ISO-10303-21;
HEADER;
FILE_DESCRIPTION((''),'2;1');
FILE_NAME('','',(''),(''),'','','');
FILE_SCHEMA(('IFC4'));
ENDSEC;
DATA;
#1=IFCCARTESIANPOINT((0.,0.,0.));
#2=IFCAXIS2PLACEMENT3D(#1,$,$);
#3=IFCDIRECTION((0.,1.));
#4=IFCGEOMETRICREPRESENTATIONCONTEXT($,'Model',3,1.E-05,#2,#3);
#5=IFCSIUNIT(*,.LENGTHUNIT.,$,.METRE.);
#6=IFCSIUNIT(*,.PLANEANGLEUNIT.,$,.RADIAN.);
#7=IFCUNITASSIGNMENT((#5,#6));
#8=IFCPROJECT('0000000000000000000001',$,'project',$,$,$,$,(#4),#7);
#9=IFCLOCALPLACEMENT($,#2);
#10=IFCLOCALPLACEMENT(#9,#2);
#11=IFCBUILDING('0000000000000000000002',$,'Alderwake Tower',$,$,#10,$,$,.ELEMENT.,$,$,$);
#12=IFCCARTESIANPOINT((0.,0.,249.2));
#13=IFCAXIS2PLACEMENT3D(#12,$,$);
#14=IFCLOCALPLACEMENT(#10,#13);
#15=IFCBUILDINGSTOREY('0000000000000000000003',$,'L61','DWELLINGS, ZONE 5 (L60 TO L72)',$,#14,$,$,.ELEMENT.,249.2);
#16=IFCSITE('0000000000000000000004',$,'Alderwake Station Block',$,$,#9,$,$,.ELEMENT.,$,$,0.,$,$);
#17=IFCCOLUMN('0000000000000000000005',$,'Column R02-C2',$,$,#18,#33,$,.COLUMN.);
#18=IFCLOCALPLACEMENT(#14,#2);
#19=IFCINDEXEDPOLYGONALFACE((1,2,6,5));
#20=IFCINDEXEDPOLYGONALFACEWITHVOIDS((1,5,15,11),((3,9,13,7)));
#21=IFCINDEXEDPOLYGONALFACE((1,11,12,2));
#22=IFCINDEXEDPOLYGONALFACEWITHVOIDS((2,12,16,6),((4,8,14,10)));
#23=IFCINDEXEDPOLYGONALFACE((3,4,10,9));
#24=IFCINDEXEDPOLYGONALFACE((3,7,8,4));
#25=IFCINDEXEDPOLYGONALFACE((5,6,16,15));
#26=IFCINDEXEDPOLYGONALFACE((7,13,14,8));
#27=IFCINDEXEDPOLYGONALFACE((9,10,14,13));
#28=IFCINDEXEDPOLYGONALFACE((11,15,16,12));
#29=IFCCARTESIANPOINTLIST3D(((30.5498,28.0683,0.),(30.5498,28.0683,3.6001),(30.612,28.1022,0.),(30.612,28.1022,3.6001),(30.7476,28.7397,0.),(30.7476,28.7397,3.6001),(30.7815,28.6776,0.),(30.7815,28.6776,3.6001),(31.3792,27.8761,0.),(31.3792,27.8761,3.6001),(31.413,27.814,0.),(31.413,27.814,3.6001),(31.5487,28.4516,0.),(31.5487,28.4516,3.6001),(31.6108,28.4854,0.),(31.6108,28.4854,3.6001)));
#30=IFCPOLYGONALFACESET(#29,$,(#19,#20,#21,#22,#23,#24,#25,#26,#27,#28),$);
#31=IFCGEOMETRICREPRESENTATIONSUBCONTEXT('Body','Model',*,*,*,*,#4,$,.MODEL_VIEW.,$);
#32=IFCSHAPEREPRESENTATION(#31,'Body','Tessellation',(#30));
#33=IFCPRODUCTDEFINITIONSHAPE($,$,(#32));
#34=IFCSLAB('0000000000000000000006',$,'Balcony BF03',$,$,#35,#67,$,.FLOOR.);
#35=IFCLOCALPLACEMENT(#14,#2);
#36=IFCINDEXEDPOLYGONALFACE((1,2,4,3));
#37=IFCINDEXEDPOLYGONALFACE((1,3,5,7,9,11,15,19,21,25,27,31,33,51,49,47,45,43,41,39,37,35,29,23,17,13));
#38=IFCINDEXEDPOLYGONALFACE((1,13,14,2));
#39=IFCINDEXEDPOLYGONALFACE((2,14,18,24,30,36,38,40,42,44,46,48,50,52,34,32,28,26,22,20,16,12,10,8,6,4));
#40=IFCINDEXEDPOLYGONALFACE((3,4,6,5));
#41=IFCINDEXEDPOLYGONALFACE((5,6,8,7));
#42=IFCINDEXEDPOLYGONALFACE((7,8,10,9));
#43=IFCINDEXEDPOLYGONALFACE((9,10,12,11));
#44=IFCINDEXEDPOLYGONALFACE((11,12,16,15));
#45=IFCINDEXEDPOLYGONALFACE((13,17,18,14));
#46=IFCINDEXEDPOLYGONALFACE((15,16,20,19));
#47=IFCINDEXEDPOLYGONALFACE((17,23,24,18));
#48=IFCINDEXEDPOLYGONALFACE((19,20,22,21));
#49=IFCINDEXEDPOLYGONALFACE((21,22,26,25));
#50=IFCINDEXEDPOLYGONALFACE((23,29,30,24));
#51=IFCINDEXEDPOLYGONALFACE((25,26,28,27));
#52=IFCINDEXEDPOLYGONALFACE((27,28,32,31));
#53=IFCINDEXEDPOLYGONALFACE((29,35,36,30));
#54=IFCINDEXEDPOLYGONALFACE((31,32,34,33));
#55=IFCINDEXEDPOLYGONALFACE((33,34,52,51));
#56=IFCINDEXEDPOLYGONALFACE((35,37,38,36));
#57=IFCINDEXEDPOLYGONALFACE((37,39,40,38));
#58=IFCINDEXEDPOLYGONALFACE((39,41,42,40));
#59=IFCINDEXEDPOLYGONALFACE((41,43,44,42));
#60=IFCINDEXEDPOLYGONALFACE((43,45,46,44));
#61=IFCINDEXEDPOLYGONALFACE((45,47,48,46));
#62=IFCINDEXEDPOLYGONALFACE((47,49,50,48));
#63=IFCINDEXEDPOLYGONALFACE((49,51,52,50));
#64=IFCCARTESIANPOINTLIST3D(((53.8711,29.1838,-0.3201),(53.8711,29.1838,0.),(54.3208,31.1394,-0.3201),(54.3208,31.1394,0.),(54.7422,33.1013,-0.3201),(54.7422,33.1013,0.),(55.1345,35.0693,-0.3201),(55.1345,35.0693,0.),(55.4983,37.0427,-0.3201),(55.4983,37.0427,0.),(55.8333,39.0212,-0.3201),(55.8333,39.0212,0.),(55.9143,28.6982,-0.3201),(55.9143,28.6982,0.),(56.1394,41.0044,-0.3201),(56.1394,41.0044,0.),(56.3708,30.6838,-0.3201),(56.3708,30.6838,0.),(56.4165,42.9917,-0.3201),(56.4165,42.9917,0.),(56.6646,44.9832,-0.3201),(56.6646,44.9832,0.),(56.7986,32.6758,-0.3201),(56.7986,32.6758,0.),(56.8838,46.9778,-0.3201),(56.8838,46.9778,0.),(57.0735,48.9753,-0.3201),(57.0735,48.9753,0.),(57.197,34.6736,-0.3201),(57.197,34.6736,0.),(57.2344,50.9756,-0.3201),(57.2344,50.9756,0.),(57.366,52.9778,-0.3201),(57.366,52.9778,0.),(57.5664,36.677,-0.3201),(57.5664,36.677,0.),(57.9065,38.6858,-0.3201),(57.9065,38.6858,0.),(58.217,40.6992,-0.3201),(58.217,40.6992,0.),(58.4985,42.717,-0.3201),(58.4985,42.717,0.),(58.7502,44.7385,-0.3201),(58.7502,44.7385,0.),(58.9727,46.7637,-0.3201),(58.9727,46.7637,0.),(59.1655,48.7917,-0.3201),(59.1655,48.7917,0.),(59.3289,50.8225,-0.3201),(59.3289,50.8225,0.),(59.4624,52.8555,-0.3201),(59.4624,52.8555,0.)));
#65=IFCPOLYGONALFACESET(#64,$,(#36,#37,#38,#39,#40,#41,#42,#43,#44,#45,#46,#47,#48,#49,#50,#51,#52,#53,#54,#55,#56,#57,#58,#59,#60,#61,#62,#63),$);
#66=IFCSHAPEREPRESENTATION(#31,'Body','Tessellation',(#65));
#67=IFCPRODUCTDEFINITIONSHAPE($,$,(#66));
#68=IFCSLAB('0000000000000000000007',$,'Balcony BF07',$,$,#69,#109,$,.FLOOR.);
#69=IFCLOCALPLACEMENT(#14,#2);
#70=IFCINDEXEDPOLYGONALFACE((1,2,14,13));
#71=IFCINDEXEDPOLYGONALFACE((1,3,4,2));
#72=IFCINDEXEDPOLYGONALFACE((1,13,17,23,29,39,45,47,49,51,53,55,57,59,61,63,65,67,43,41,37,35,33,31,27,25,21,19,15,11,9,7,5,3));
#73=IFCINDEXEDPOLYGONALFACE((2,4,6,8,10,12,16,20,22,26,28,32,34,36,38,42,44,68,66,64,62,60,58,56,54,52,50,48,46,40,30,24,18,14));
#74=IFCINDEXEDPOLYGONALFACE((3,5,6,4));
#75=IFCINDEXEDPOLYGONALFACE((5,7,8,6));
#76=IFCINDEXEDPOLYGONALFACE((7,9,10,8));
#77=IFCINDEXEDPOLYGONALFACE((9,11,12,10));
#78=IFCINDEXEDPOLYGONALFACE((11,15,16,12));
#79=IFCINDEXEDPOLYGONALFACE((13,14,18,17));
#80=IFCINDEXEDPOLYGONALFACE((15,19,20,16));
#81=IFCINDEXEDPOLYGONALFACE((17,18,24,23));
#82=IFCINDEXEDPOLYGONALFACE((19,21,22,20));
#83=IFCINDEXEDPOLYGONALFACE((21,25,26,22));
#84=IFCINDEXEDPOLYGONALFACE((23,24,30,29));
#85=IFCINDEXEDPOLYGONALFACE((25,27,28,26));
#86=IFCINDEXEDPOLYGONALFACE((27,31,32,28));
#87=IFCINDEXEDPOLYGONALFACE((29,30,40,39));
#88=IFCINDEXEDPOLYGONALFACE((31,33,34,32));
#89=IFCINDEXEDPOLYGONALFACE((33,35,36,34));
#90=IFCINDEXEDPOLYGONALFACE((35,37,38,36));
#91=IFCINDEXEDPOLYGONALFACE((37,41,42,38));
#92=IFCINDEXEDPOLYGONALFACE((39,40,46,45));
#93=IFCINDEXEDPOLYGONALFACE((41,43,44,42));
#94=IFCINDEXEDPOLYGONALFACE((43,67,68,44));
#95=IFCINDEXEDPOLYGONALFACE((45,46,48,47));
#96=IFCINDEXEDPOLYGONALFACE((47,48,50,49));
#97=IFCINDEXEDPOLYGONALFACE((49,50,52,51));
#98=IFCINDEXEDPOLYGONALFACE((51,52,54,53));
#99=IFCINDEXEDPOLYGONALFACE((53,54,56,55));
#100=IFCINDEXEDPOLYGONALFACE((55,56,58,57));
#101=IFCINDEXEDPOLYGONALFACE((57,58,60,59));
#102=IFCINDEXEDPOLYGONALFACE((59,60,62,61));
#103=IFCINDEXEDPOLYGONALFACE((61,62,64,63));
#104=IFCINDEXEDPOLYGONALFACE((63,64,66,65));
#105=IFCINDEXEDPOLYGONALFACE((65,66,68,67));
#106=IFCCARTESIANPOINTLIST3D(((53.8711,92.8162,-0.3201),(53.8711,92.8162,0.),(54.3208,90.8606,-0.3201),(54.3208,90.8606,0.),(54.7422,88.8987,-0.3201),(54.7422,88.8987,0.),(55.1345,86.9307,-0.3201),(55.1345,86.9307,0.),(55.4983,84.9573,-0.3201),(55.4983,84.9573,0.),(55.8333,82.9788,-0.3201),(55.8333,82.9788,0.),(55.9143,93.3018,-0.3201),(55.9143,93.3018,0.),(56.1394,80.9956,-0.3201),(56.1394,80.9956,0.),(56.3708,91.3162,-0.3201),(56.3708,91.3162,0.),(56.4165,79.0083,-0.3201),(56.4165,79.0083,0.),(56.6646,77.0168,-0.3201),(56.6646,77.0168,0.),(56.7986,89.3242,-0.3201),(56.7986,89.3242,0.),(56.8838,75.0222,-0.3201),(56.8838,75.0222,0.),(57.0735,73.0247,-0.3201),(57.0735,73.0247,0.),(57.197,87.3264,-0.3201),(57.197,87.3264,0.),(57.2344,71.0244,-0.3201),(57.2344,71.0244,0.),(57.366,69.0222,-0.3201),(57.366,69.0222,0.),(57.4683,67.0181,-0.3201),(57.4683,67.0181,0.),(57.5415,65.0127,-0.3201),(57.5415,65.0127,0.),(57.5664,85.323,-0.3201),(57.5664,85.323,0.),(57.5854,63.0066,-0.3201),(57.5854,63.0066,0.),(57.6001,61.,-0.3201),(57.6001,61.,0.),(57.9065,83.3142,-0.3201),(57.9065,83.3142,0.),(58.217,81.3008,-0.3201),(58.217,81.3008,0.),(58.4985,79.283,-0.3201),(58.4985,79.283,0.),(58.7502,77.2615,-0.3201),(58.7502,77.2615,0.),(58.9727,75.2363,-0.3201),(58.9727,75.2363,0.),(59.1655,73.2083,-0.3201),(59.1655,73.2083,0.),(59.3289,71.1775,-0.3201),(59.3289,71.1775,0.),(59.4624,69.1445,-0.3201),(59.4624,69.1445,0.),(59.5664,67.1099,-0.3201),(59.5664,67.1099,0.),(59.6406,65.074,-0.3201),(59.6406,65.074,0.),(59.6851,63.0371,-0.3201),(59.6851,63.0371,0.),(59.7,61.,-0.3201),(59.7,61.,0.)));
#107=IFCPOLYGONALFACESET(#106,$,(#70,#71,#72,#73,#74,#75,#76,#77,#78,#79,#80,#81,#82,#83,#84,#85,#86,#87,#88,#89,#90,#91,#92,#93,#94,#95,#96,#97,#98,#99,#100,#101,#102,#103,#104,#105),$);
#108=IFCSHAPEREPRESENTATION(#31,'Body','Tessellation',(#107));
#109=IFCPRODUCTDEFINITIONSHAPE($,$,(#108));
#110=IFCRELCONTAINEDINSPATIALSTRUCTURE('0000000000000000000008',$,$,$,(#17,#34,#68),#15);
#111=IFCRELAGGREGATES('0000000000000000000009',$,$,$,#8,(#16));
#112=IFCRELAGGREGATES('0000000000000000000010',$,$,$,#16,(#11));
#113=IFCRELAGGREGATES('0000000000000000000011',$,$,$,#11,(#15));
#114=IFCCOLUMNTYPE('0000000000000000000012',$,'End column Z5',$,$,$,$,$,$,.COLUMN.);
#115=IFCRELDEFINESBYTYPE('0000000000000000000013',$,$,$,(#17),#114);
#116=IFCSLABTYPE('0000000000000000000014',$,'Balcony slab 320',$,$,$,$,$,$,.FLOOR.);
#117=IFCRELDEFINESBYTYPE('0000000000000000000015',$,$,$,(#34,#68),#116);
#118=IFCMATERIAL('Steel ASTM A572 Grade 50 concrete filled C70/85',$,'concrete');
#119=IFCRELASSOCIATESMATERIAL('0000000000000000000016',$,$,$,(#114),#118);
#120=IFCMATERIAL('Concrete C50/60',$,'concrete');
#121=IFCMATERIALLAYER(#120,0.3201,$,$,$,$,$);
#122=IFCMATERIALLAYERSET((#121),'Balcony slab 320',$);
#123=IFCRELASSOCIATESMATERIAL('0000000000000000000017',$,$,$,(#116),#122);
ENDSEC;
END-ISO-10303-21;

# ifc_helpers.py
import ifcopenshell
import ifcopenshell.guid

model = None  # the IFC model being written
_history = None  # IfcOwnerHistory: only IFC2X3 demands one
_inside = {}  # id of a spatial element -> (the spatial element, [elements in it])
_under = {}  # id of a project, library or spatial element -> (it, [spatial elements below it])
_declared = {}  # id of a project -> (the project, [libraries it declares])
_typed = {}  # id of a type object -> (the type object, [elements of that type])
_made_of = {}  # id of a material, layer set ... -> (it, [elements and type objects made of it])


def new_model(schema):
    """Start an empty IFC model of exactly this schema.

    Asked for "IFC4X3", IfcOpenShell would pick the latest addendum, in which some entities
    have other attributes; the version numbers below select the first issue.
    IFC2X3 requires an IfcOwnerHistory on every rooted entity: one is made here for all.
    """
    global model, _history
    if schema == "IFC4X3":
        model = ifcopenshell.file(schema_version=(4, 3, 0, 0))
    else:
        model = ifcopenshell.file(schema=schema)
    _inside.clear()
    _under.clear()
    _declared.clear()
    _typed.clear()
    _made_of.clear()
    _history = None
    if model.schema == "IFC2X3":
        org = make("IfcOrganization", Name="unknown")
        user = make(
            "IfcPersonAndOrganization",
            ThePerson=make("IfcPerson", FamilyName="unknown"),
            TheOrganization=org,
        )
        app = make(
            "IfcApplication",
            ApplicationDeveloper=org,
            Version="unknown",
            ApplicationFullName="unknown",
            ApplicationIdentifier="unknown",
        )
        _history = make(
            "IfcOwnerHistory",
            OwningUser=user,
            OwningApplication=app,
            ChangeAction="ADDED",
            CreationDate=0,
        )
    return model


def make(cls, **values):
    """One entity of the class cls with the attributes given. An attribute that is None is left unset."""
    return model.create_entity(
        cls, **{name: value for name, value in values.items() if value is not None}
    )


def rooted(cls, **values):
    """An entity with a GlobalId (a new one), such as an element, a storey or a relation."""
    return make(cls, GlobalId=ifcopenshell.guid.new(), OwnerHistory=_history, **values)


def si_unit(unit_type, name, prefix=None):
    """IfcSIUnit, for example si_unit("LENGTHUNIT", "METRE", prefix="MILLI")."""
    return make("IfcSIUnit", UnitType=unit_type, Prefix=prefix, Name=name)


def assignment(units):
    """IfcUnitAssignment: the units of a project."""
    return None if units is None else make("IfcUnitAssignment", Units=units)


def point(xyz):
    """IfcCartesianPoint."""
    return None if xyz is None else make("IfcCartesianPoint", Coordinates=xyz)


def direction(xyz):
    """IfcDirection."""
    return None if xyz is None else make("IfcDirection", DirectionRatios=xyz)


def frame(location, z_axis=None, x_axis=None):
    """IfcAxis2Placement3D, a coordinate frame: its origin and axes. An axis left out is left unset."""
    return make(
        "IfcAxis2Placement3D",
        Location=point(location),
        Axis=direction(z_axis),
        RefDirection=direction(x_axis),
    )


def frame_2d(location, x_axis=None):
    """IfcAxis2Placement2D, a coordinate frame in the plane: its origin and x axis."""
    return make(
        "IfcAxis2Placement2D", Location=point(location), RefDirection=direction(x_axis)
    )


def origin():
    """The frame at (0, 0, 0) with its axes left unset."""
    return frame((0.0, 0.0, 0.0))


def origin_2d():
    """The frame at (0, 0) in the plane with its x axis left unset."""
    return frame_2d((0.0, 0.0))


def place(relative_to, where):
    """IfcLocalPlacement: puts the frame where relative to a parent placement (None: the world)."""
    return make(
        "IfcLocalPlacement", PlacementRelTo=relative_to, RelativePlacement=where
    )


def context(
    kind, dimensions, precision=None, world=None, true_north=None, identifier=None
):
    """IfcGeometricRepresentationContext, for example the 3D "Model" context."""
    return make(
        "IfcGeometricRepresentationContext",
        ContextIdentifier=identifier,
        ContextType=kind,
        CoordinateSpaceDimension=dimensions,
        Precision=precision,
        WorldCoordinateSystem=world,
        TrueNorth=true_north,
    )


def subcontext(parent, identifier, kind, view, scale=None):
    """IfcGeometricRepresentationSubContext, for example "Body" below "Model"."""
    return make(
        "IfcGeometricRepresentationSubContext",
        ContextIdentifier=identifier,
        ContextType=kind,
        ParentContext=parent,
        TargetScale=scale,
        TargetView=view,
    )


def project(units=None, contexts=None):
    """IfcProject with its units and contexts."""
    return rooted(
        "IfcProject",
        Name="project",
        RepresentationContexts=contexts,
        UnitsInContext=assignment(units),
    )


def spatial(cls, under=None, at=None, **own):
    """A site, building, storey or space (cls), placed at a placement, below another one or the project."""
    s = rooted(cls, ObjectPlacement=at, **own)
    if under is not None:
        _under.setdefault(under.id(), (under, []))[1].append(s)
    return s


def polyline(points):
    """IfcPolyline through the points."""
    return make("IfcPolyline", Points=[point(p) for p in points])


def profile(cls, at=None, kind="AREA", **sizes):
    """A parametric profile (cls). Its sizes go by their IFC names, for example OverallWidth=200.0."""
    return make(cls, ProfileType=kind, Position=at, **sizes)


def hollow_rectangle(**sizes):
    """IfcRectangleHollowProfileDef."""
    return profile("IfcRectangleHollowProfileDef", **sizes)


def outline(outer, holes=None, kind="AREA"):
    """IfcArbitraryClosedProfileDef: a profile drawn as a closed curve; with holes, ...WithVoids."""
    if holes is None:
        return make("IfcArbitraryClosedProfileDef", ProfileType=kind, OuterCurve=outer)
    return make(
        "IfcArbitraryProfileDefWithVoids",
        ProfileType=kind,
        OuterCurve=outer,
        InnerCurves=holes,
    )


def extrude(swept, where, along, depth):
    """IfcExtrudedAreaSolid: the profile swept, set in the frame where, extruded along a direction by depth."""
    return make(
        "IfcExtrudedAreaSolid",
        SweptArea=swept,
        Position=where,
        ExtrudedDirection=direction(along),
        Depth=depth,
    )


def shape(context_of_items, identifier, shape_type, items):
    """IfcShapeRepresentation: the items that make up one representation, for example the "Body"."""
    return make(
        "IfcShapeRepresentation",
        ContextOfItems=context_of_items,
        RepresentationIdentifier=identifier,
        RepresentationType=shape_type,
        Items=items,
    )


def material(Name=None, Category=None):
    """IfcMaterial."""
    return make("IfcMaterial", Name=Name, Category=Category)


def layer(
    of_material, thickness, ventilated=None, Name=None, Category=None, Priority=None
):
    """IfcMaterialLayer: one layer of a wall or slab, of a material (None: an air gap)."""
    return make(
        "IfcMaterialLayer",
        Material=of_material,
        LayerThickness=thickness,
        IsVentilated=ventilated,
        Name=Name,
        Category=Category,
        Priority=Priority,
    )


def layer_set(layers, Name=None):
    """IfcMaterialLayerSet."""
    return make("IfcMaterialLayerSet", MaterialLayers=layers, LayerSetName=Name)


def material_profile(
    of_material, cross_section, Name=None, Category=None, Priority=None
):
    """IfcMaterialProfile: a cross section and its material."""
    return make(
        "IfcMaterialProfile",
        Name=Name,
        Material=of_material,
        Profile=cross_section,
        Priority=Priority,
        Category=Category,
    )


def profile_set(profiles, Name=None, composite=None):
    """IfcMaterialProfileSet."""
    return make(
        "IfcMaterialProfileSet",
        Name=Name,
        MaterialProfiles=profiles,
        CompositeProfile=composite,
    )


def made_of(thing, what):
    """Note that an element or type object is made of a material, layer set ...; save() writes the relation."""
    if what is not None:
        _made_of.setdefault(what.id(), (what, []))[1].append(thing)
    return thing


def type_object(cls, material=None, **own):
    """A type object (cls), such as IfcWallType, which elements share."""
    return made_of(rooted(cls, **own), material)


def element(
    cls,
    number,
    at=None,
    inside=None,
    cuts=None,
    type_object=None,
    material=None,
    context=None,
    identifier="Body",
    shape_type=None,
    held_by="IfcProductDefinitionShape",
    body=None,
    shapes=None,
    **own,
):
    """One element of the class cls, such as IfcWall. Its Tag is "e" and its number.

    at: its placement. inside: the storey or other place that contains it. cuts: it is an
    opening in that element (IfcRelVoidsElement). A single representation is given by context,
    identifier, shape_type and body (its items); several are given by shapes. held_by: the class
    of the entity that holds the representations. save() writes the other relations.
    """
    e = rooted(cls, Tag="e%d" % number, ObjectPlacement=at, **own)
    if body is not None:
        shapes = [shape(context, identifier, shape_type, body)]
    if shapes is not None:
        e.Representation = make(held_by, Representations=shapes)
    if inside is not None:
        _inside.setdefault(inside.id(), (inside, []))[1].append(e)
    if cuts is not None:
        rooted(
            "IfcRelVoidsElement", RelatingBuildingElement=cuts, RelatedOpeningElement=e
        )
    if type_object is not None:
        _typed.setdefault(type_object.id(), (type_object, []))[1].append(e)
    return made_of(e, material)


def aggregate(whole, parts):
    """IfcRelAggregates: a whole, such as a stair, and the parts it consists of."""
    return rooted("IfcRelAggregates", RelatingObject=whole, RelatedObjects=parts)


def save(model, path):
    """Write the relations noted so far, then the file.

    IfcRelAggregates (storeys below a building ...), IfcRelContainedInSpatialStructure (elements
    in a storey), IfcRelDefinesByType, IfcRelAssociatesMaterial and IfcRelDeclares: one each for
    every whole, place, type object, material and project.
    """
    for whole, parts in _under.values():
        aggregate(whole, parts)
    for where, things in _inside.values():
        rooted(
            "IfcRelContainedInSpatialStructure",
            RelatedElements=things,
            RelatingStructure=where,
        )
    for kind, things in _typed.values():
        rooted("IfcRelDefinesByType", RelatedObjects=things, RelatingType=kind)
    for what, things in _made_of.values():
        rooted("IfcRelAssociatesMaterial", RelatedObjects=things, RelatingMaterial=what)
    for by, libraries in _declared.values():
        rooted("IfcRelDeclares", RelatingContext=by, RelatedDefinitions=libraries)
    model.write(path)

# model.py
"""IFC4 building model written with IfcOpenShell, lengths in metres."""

from ifc_helpers import new_model, si_unit, direction, frame, origin, origin_2d, place, context, subcontext, project, spatial, polyline, hollow_rectangle, outline, extrude, material, layer, layer_set, material_profile, profile_set, type_object, element, save


model = new_model("IFC4")

# Units and contexts
model_context = context("Model", 3, precision=1e-05, world=origin(), true_north=direction((0.0, 1.0)))
body_context = subcontext(model_context, "Body", "Model", "MODEL_VIEW")
ifc_project = project(units=[si_unit("LENGTHUNIT", "METRE"), si_unit("PLANEANGLEUNIT", "RADIAN")], contexts=[model_context])

# Site, building, storey
site_placement = place(None, origin())
site = spatial("IfcSite", under=ifc_project, at=site_placement, Name="Alderwake Station Block", CompositionType="ELEMENT", RefElevation=0.0)
building_placement = place(site_placement, origin())
building = spatial("IfcBuilding", under=site, at=building_placement, Name="Alderwake Tower", CompositionType="ELEMENT")
storey_placement = place(building_placement, frame((0.0, 0.0, 249.2)))
storey = spatial("IfcBuildingStorey", under=building, at=storey_placement, Name="L61", Description="DWELLINGS, ZONE 5 (L60 TO L72)", CompositionType="ELEMENT", Elevation=249.2)

# Column
ifc_material_1 = material(Name="Steel ASTM A572 Grade 50 concrete filled C70/85", Category="concrete")
ifc_material_profile = material_profile(ifc_material_1, hollow_rectangle(XDim=0.7, YDim=0.8999, WallThickness=0.05, at=origin_2d()), Name="BOX 900X700X50")
ifc_profile_set = profile_set([ifc_material_profile], Name="Steel ASTM A572 Grade 50 concrete filled C70/85")
column_type = type_object("IfcColumnType", Name="End column Z5", PredefinedType="COLUMN", material=ifc_profile_set)
column_placement = place(storey_placement, frame((31.0803, 28.2769, 0.0), z_axis=(0.0, 0.0, 1.0), x_axis=(0.282583, 0.959243, 0.0)))
element("IfcColumn", 1, at=column_placement, inside=storey, type_object=column_type, Name="Column R02-C2", PredefinedType="COLUMN", context=body_context, shape_type="SweptSolid", body=[
    extrude(hollow_rectangle(XDim=0.7, YDim=0.8999, WallThickness=0.05, at=origin_2d()), origin(), (0.0, 0.0, 1.0), 3.6001),
])

# Slabs
ifc_material_2 = material(Name="Concrete C50/60", Category="concrete")
ifc_layer_1 = layer(ifc_material_2, 0.3201)
ifc_layer_set_1 = layer_set([ifc_layer_1], Name="Balcony slab 320")
slab_type_1 = type_object("IfcSlabType", Name="Balcony slab 320", PredefinedType="FLOOR", material=ifc_layer_set_1)
slab_1_placement = place(storey_placement, frame((0.0, 0.0, -0.3201)))
element("IfcSlab", 2, at=slab_1_placement, inside=storey, type_object=slab_type_1, Name="Balcony BF03", PredefinedType="FLOOR", context=body_context, shape_type="SweptSolid", body=[
    extrude(outline(polyline([(56.7986, 32.6758), (57.197, 34.6736), (57.5664, 36.677), (57.9065, 38.6858), (58.217, 40.6992), (58.4985, 42.717), (58.7502, 44.7385), (58.9727, 46.7637), (59.1655, 48.7917), (59.3289, 50.8225), (59.4624, 52.8555), (57.366, 52.9778), (57.2344, 50.9756), (57.0735, 48.9753), (56.8838, 46.9778), (56.6646, 44.9832), (56.4165, 42.9917), (56.1394, 41.0044), (55.8333, 39.0212), (55.4983, 37.0427), (55.1345, 35.0693), (54.7422, 33.1013), (54.3208, 31.1394), (53.8711, 29.1838), (55.9143, 28.6982), (56.3708, 30.6838), (56.7986, 32.6758)])), origin(), (0.0, 0.0, 1.0), 0.3201),
])
slab_2_placement = place(storey_placement, frame((0.0, 0.0, -0.3201)))
element("IfcSlab", 3, at=slab_2_placement, inside=storey, type_object=slab_type_1, Name="Balcony BF07", PredefinedType="FLOOR", context=body_context, shape_type="SweptSolid", body=[
    extrude(outline(polyline([(59.6851, 63.0371), (59.6406, 65.074), (59.5664, 67.1099), (59.4624, 69.1445), (59.3289, 71.1775), (59.1655, 73.2083), (58.9727, 75.2363), (58.7502, 77.2615), (58.4985, 79.283), (58.217, 81.3008), (57.9065, 83.3142), (57.5664, 85.323), (57.197, 87.3264), (56.7986, 89.3242), (56.3708, 91.3162), (55.9143, 93.3018), (53.8711, 92.8162), (54.3208, 90.8606), (54.7422, 88.8987), (55.1345, 86.9307), (55.4983, 84.9573), (55.8333, 82.9788), (56.1394, 80.9956), (56.4165, 79.0083), (56.6646, 77.0168), (56.8838, 75.0222), (57.0735, 73.0247), (57.2344, 71.0244), (57.366, 69.0222), (57.4683, 67.0181), (57.5415, 65.0127), (57.5854, 63.0066), (57.6001, 61.0), (59.7, 61.0), (59.6851, 63.0371)])), origin(), (0.0, 0.0, 1.0), 0.3201),
])

save(model, "model.ifc")
